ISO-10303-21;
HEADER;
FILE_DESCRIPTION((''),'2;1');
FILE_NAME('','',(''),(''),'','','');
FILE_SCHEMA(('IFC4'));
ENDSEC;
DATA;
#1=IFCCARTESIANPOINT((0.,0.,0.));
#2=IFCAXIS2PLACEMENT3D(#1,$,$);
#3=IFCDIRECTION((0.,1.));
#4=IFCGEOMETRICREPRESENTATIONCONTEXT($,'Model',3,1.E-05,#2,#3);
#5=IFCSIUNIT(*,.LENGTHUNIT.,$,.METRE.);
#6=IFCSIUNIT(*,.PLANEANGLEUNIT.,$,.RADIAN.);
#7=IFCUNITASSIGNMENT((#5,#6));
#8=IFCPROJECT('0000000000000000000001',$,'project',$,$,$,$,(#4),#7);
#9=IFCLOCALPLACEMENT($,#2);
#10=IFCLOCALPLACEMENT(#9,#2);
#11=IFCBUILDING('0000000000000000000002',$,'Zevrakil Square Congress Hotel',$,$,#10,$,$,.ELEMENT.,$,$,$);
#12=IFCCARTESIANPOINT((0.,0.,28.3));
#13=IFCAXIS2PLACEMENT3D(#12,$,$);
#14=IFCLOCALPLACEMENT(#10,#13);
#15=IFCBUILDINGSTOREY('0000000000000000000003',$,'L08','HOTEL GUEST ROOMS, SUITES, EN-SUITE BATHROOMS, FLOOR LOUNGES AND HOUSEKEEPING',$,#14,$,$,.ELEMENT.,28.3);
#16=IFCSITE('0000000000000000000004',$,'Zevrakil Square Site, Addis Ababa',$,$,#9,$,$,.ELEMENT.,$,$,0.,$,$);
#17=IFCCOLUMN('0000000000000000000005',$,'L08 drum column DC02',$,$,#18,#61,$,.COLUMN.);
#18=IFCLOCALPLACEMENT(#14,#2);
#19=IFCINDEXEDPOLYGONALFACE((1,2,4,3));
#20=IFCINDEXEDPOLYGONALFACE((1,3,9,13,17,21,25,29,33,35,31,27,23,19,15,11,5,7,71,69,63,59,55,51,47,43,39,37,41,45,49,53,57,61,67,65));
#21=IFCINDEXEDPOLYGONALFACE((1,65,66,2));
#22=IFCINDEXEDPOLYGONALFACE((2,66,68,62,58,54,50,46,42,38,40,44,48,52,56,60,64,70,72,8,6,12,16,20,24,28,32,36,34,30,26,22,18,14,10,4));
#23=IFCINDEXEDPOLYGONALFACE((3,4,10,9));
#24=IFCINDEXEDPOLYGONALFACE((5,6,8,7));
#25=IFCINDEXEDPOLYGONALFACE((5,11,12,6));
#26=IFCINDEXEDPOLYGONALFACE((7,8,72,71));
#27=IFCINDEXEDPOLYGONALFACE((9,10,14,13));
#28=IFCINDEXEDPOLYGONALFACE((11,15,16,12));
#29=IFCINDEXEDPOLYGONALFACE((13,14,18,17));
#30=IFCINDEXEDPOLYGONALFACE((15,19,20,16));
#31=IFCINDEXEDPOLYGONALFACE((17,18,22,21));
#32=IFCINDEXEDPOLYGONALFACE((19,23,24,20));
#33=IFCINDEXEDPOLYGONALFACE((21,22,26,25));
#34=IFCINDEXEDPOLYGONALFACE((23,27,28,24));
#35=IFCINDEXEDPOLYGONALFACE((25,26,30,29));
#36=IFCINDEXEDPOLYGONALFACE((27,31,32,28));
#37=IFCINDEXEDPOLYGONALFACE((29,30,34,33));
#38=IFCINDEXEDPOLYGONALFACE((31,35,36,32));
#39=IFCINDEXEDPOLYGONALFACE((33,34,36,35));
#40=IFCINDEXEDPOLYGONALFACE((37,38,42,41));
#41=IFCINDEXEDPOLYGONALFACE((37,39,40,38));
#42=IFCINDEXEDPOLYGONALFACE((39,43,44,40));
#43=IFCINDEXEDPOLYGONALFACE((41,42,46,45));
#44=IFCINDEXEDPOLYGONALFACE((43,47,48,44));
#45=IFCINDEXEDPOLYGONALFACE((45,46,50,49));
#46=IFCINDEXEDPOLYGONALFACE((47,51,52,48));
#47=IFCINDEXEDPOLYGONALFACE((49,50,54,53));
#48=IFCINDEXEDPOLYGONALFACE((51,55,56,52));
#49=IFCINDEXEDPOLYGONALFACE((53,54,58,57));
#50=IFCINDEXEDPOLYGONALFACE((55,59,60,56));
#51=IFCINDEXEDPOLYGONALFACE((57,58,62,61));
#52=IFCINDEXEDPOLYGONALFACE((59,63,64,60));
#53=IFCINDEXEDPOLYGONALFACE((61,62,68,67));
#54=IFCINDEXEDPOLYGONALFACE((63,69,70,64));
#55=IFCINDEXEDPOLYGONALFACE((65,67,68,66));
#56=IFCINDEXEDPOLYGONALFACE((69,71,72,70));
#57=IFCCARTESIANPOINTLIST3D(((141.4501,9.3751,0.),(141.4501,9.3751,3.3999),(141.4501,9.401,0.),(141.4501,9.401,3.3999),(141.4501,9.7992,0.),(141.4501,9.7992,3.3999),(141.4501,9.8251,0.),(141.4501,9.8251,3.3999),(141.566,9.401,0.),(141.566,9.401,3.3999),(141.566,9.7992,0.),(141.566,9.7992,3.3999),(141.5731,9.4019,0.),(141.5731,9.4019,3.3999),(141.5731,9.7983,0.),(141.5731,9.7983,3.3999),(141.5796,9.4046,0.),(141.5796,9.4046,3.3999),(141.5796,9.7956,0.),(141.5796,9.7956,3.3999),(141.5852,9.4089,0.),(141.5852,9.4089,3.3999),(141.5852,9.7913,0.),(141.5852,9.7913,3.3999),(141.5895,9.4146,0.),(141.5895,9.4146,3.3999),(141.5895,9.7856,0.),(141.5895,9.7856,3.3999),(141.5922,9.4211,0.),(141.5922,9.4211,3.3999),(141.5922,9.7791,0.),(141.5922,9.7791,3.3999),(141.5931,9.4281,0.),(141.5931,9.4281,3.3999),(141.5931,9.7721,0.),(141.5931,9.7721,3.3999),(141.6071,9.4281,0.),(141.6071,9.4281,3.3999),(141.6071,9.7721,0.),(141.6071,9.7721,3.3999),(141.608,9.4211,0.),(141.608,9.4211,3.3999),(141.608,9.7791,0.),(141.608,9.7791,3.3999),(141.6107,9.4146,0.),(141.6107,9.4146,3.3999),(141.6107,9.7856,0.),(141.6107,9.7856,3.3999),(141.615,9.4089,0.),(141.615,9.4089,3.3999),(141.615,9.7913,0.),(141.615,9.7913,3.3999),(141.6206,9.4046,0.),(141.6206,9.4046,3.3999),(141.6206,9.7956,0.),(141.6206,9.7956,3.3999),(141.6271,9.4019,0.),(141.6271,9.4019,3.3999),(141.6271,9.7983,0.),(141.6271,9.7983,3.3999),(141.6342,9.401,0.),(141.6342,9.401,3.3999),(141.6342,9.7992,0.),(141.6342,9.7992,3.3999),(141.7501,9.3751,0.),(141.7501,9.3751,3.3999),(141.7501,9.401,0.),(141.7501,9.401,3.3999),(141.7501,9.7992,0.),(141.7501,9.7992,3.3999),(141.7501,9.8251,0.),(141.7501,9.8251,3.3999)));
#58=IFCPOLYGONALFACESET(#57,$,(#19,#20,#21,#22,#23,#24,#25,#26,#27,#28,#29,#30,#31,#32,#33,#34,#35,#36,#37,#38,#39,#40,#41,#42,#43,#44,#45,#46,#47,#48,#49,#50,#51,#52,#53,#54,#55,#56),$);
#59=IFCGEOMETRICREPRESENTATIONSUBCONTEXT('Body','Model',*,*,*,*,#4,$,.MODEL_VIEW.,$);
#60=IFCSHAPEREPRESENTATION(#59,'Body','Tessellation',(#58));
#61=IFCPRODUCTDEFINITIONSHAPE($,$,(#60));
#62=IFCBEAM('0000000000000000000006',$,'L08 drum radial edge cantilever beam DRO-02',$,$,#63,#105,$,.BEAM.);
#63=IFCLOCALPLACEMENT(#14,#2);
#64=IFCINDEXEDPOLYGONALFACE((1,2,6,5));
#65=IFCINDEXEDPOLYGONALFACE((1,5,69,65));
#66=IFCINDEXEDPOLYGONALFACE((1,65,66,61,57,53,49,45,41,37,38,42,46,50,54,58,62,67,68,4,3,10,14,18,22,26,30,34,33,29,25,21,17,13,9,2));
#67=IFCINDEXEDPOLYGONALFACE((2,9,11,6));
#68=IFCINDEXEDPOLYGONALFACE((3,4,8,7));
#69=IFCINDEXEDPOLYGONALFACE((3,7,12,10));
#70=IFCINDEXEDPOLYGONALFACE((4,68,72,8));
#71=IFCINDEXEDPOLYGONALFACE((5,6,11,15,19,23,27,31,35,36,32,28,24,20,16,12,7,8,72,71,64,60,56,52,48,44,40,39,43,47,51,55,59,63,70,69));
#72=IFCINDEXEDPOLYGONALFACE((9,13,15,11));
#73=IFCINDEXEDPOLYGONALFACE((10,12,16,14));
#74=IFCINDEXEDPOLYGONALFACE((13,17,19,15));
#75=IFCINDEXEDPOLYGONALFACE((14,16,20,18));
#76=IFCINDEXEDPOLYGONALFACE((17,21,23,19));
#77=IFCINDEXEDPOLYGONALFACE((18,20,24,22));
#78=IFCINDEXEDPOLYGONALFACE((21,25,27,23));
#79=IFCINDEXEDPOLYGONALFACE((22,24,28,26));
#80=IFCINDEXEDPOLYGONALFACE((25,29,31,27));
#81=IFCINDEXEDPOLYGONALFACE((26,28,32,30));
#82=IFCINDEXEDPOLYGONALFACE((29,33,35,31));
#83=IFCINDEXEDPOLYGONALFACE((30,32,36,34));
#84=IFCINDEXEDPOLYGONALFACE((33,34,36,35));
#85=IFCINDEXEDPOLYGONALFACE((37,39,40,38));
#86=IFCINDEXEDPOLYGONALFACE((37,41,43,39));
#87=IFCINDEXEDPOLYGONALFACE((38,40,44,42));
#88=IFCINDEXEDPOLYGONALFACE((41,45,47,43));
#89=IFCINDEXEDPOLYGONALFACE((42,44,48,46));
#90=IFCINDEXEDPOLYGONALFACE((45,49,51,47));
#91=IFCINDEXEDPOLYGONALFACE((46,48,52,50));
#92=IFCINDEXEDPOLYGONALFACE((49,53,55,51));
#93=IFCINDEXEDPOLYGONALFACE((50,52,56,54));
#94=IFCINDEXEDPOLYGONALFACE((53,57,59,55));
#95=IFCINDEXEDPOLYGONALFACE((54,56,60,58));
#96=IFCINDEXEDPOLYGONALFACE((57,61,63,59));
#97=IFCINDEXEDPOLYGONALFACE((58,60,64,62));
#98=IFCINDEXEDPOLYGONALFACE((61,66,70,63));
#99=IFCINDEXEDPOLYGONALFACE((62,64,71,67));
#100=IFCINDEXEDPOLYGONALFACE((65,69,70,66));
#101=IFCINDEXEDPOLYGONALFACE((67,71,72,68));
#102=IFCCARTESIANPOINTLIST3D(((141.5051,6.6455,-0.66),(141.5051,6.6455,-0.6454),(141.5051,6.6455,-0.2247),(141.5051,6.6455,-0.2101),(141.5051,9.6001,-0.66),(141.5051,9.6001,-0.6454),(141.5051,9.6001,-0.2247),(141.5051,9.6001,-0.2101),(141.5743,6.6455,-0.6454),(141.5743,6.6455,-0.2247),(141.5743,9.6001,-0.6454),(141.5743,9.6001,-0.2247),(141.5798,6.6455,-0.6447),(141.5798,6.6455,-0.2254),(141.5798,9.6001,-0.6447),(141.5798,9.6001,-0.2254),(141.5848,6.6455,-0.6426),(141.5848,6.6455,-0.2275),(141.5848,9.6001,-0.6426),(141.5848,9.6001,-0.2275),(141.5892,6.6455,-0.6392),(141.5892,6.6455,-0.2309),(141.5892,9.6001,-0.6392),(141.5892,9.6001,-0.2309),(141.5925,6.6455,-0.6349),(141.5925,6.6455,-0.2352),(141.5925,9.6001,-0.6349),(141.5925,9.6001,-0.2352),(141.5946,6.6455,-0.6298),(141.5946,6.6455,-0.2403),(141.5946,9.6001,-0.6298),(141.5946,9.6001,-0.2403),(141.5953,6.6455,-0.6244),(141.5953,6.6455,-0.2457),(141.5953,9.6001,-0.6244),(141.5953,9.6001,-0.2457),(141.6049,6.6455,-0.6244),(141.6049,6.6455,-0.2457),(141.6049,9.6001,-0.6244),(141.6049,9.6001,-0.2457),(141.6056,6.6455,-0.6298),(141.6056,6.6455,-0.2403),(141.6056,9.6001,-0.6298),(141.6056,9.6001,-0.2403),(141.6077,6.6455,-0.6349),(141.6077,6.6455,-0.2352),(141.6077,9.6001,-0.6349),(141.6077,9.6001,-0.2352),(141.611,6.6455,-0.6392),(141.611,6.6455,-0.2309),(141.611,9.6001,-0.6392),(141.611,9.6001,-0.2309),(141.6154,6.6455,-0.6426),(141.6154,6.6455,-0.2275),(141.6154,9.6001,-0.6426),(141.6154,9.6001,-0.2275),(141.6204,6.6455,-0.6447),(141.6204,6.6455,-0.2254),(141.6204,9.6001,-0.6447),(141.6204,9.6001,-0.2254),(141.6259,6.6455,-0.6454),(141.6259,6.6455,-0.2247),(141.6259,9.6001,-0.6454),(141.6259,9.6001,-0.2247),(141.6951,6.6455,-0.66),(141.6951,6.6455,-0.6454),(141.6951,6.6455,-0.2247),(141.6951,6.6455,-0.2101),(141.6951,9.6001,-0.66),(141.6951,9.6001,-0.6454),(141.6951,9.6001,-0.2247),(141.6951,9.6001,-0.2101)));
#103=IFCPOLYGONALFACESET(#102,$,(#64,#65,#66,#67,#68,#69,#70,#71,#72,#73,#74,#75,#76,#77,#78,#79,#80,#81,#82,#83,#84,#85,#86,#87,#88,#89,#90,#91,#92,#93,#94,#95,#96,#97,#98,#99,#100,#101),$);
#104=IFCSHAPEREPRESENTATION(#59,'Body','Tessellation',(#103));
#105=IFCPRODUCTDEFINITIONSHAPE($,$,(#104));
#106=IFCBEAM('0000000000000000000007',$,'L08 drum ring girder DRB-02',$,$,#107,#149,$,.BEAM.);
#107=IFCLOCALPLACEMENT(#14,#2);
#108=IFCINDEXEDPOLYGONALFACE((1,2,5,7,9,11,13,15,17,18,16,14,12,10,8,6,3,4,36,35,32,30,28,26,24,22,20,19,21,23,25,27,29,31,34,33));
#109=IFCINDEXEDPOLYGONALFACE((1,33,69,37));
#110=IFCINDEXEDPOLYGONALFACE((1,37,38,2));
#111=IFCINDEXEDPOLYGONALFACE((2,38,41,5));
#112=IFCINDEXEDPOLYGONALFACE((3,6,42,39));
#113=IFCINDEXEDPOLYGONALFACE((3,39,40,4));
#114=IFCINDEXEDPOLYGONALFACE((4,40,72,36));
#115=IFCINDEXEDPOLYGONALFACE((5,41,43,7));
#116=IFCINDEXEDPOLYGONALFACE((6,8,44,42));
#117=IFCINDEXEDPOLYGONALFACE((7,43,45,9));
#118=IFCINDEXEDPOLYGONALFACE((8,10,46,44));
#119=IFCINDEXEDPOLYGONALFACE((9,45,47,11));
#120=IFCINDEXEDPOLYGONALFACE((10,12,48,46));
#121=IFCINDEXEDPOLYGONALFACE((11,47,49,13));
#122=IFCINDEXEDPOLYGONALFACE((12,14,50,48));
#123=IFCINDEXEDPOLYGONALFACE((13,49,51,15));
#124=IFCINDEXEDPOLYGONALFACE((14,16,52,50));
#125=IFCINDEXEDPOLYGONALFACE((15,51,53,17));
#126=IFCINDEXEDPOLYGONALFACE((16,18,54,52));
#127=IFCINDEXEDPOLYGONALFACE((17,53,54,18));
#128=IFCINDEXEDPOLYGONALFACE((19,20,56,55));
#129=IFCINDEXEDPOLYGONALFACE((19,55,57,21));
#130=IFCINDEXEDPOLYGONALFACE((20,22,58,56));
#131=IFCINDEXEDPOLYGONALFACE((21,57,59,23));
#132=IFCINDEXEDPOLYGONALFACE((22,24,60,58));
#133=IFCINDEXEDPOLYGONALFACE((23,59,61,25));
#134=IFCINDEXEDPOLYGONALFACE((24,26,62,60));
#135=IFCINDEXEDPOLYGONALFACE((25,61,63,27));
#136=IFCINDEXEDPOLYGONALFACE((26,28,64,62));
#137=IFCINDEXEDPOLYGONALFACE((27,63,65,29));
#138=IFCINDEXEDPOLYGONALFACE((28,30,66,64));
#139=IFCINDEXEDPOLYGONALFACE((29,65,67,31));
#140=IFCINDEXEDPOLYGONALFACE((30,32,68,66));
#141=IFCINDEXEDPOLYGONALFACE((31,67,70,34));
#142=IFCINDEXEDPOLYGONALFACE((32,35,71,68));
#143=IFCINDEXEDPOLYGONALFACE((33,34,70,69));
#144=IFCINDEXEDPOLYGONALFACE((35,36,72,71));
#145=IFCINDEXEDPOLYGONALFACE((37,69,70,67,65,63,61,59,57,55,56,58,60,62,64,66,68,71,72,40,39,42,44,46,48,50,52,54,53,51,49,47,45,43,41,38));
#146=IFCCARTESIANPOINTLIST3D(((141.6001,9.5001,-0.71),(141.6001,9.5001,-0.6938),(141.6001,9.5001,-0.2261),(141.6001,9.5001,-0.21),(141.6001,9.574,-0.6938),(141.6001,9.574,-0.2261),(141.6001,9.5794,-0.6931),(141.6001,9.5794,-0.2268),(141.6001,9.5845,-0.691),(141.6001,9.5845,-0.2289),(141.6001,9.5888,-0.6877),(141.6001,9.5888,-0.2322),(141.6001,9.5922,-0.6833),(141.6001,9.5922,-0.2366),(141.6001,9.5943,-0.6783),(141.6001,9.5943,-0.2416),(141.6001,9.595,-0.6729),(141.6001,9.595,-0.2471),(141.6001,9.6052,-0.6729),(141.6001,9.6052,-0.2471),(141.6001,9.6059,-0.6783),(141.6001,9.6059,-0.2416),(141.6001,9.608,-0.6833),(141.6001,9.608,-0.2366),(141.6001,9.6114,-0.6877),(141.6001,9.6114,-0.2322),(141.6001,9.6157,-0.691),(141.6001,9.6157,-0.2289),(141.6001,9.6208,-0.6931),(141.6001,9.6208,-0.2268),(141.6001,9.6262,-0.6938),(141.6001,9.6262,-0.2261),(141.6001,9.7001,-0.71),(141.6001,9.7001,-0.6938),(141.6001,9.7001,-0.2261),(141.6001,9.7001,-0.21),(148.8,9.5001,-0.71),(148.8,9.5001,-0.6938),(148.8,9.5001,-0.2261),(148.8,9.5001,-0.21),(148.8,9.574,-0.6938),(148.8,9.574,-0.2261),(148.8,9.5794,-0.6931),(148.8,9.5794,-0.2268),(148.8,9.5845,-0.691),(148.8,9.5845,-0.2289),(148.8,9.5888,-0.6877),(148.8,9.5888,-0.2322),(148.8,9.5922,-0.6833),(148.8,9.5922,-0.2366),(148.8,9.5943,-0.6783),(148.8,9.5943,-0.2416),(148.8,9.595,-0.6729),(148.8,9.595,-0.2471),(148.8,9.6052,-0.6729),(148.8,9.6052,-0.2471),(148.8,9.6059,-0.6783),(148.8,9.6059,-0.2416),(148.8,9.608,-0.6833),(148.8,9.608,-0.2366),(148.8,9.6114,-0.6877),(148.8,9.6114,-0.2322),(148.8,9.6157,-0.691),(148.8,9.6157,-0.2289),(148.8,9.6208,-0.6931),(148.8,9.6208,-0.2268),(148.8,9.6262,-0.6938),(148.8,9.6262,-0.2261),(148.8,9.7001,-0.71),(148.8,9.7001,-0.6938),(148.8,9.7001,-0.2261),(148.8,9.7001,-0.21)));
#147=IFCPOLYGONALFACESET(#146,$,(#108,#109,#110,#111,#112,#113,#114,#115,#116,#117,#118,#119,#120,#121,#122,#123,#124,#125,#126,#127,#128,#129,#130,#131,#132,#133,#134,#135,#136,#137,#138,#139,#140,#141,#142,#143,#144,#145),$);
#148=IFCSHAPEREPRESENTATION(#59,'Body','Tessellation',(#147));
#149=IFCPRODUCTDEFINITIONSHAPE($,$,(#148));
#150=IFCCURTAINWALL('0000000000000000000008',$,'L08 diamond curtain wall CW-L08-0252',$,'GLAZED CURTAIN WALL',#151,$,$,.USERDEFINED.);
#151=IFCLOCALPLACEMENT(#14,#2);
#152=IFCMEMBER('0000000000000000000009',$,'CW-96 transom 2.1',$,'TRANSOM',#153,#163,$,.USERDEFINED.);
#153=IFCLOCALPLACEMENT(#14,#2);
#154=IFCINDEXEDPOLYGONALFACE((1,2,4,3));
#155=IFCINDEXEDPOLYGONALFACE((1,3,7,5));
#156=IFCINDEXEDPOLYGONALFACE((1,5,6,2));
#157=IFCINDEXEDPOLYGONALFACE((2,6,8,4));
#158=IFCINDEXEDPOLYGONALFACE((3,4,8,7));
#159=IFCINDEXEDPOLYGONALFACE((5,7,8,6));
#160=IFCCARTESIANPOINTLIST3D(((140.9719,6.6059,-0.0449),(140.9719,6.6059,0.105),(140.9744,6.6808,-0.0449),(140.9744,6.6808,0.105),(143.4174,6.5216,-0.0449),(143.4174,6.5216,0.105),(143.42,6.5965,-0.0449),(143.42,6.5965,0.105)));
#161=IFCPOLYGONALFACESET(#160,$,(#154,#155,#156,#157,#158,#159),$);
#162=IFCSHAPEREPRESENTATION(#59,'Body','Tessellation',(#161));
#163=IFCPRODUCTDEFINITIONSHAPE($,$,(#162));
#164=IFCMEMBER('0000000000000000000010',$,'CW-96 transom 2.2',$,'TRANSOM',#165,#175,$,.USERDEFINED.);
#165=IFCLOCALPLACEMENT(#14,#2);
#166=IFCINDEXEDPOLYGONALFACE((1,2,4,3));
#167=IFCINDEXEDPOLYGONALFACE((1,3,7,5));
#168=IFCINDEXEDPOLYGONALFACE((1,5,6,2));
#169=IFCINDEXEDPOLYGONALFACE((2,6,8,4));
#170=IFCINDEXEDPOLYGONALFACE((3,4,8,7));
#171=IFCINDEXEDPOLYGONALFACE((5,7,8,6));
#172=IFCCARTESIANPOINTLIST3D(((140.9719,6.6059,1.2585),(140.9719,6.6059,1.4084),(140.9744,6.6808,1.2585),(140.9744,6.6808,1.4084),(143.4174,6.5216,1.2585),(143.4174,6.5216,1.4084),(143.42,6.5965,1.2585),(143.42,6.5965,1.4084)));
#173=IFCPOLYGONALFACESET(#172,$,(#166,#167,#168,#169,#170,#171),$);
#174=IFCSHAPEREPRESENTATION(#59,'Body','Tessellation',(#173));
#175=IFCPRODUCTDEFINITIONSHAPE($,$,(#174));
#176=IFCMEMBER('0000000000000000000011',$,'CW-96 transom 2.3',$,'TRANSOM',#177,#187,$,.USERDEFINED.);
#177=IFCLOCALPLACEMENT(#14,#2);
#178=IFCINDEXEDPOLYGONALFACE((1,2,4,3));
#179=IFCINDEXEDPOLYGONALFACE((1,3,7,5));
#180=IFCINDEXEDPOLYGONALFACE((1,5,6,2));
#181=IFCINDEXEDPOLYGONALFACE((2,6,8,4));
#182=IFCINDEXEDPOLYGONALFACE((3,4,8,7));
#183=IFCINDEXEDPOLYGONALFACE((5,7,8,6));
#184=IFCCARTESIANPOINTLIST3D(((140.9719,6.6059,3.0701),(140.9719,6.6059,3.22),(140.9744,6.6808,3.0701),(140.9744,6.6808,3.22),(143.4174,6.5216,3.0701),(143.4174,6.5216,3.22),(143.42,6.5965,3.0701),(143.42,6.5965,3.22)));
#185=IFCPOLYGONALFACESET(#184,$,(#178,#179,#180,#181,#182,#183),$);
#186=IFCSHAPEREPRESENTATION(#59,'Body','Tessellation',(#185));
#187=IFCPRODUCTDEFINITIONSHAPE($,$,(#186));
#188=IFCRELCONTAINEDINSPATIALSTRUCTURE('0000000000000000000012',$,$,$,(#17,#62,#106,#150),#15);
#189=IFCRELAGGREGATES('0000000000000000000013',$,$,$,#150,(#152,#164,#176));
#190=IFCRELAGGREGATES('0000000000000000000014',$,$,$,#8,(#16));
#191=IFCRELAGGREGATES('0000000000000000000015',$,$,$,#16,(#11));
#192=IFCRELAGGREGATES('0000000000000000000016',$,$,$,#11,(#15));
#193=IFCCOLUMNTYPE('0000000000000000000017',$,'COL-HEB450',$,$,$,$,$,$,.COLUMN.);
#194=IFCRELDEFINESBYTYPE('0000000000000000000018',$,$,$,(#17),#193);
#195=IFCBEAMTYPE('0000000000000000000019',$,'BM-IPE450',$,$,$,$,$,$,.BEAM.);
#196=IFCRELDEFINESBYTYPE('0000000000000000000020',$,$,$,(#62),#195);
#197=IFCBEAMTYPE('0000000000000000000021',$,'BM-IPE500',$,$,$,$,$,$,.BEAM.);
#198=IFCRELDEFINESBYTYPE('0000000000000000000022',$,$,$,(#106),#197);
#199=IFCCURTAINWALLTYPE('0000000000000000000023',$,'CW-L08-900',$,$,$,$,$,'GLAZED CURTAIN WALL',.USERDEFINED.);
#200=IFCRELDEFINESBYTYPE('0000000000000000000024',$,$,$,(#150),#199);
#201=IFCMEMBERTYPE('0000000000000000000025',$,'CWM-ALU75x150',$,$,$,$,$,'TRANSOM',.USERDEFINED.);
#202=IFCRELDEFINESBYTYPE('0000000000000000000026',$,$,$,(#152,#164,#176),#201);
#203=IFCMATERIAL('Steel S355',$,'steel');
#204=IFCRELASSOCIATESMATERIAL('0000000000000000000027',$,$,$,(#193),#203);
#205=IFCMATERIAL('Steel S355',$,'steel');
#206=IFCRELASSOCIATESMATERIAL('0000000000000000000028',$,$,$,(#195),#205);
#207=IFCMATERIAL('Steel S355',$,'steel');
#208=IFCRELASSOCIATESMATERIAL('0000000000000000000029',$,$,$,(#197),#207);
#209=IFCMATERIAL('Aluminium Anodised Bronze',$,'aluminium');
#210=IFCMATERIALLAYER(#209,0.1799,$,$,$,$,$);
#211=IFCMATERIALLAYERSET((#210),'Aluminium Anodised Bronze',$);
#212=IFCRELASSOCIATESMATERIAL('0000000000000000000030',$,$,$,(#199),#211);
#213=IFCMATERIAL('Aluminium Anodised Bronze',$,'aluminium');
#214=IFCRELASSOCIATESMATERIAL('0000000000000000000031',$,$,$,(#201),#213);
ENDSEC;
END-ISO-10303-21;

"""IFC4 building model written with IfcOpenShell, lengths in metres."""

from ifc_helpers import new_model, si_unit, direction, frame, origin, origin_2d, place, context, subcontext, project, spatial, rectangle, i_section, extrude, material, layer, layer_set, material_profile, profile_set, type_object, element, aggregate, save


model = new_model("IFC4")

# Units and contexts
model_context = context("Model", 3, precision=1e-05, world=origin(), true_north=direction((0.0, 1.0)))
body_context = subcontext(model_context, "Body", "Model", "MODEL_VIEW")
ifc_project = project(units=[si_unit("LENGTHUNIT", "METRE"), si_unit("PLANEANGLEUNIT", "RADIAN")], contexts=[model_context])

# Site, building, storey
site_placement = place(None, origin())
site = spatial("IfcSite", under=ifc_project, at=site_placement, Name="Zevrakil Square Site, Addis Ababa", CompositionType="ELEMENT", RefElevation=0.0)
building_placement = place(site_placement, origin())
building = spatial("IfcBuilding", under=site, at=building_placement, Name="Zevrakil Square Congress Hotel", CompositionType="ELEMENT")
storey_placement = place(building_placement, frame((0.0, 0.0, 28.3)))
storey = spatial("IfcBuildingStorey", under=building, at=storey_placement, Name="L08", Description="HOTEL GUEST ROOMS, SUITES, EN-SUITE BATHROOMS, FLOOR LOUNGES AND HOUSEKEEPING", CompositionType="ELEMENT", Elevation=28.3)

# Column
ifc_material_1 = material(Name="Steel S355", Category="steel")
ifc_material_profile_1 = material_profile(ifc_material_1, i_section(OverallWidth=0.3, OverallDepth=0.45, WebThickness=0.0139, FlangeThickness=0.0259, FilletRadius=0.0271, at=origin_2d()), Name="HEB 450")
ifc_profile_set_1 = profile_set([ifc_material_profile_1], Name="Steel S355")
column_type = type_object("IfcColumnType", Name="COL-HEB450", PredefinedType="COLUMN", material=ifc_profile_set_1)
column_placement = place(storey_placement, frame((141.6001, 9.6001, 0.0), z_axis=(0.0, 0.0, 1.0), x_axis=(1.0, 0.0, 0.0)))
element("IfcColumn", 1, at=column_placement, inside=storey, type_object=column_type, Name="L08 drum column DC02", PredefinedType="COLUMN", context=body_context, shape_type="SweptSolid", body=[
    extrude(i_section(OverallWidth=0.3, OverallDepth=0.45, WebThickness=0.0139, FlangeThickness=0.0259, FilletRadius=0.0271, at=origin_2d()), origin(), (0.0, 0.0, 1.0), 3.3999),
])

# Beams
ifc_material_2 = material(Name="Steel S355", Category="steel")
ifc_material_profile_2 = material_profile(ifc_material_2, i_section(OverallWidth=0.1899, OverallDepth=0.45, WebThickness=0.0095, FlangeThickness=0.0146, FilletRadius=0.021, at=origin_2d()), Name="IPE 450")
ifc_profile_set_2 = profile_set([ifc_material_profile_2], Name="Steel S355")
beam_type_1 = type_object("IfcBeamType", Name="BM-IPE450", PredefinedType="BEAM", material=ifc_profile_set_2)
beam_1_placement = place(storey_placement, frame((141.6001, 9.6001, -0.4351), z_axis=(0.0, -1.0, 0.0), x_axis=(1.0, 0.0, 0.0)))
element("IfcBeam", 2, at=beam_1_placement, inside=storey, type_object=beam_type_1, Name="L08 drum radial edge cantilever beam DRO-02", PredefinedType="BEAM", context=body_context, shape_type="SweptSolid", body=[
    extrude(i_section(OverallWidth=0.1899, OverallDepth=0.45, WebThickness=0.0095, FlangeThickness=0.0146, FilletRadius=0.021, at=origin_2d()), origin(), (0.0, 0.0, 1.0), 2.9546),
])
ifc_material_3 = material(Name="Steel S355", Category="steel")
ifc_material_profile_3 = material_profile(ifc_material_3, i_section(OverallWidth=0.2, OverallDepth=0.5, WebThickness=0.0103, FlangeThickness=0.0161, FilletRadius=0.021, at=origin_2d()), Name="IPE 500")
ifc_profile_set_3 = profile_set([ifc_material_profile_3], Name="Steel S355")
beam_type_2 = type_object("IfcBeamType", Name="BM-IPE500", PredefinedType="BEAM", material=ifc_profile_set_3)
beam_2_placement = place(storey_placement, frame((141.6001, 9.6001, -0.46), z_axis=(1.0, 0.0, 0.0), x_axis=(0.0, 1.0, 0.0)))
element("IfcBeam", 3, at=beam_2_placement, inside=storey, type_object=beam_type_2, Name="L08 drum ring girder DRB-02", PredefinedType="BEAM", context=body_context, shape_type="SweptSolid", body=[
    extrude(i_section(OverallWidth=0.2, OverallDepth=0.5, WebThickness=0.0103, FlangeThickness=0.0161, FilletRadius=0.021, at=origin_2d()), origin(), (0.0, 0.0, 1.0), 7.2),
])

# Curtain wall, members
ifc_material_4 = material(Name="Aluminium Anodised Bronze", Category="aluminium")
ifc_layer_1 = layer(ifc_material_4, 0.1799)
ifc_layer_set_1 = layer_set([ifc_layer_1], Name="Aluminium Anodised Bronze")
curtain_wall_type = type_object("IfcCurtainWallType", Name="CW-L08-900", ElementType="GLAZED CURTAIN WALL", PredefinedType="USERDEFINED", material=ifc_layer_set_1)
curtain_wall_placement = place(storey_placement, origin())
curtain_wall = element("IfcCurtainWall", 4, at=curtain_wall_placement, inside=storey, type_object=curtain_wall_type, Name="L08 diamond curtain wall CW-L08-0252", ObjectType="GLAZED CURTAIN WALL", PredefinedType="USERDEFINED")
ifc_material_5 = material(Name="Aluminium Anodised Bronze", Category="aluminium")
ifc_material_profile_4 = material_profile(ifc_material_5, rectangle(XDim=0.075, YDim=0.1499, at=origin_2d()), Name="ALU 75x150")
ifc_profile_set_4 = profile_set([ifc_material_profile_4], Name="Aluminium Anodised Bronze")
member_type_1 = type_object("IfcMemberType", Name="CWM-ALU75x150", ElementType="TRANSOM", PredefinedType="USERDEFINED", material=ifc_profile_set_4)
member_1_placement = place(storey_placement, frame((140.9731, 6.6433, 0.03), z_axis=(0.999407, -0.034421, 0.0), x_axis=(0.034421, 0.999407, 0.0)))
member_1 = element("IfcMember", 5, at=member_1_placement, type_object=member_type_1, Name="CW-96 transom 2.1", ObjectType="TRANSOM", PredefinedType="USERDEFINED", context=body_context, shape_type="SweptSolid", body=[
    extrude(rectangle(XDim=0.075, YDim=0.1499, at=origin_2d()), origin(), (0.0, 0.0, 1.0), 2.447),
])
member_2_placement = place(storey_placement, frame((140.9731, 6.6433, 1.3335), z_axis=(0.999407, -0.034421, 0.0), x_axis=(0.034421, 0.999407, 0.0)))
member_2 = element("IfcMember", 6, at=member_2_placement, type_object=member_type_1, Name="CW-96 transom 2.2", ObjectType="TRANSOM", PredefinedType="USERDEFINED", context=body_context, shape_type="SweptSolid", body=[
    extrude(rectangle(XDim=0.075, YDim=0.1499, at=origin_2d()), origin(), (0.0, 0.0, 1.0), 2.447),
])
member_3_placement = place(storey_placement, frame((140.9731, 6.6433, 3.145), z_axis=(0.999407, -0.034421, 0.0), x_axis=(0.034421, 0.999407, 0.0)))
member_3 = element("IfcMember", 7, at=member_3_placement, type_object=member_type_1, Name="CW-96 transom 2.3", ObjectType="TRANSOM", PredefinedType="USERDEFINED", context=body_context, shape_type="SweptSolid", body=[
    extrude(rectangle(XDim=0.075, YDim=0.1499, at=origin_2d()), origin(), (0.0, 0.0, 1.0), 2.447),
])

aggregate(curtain_wall, [member_1, member_2, member_3])

save(model, "model.ifc")
